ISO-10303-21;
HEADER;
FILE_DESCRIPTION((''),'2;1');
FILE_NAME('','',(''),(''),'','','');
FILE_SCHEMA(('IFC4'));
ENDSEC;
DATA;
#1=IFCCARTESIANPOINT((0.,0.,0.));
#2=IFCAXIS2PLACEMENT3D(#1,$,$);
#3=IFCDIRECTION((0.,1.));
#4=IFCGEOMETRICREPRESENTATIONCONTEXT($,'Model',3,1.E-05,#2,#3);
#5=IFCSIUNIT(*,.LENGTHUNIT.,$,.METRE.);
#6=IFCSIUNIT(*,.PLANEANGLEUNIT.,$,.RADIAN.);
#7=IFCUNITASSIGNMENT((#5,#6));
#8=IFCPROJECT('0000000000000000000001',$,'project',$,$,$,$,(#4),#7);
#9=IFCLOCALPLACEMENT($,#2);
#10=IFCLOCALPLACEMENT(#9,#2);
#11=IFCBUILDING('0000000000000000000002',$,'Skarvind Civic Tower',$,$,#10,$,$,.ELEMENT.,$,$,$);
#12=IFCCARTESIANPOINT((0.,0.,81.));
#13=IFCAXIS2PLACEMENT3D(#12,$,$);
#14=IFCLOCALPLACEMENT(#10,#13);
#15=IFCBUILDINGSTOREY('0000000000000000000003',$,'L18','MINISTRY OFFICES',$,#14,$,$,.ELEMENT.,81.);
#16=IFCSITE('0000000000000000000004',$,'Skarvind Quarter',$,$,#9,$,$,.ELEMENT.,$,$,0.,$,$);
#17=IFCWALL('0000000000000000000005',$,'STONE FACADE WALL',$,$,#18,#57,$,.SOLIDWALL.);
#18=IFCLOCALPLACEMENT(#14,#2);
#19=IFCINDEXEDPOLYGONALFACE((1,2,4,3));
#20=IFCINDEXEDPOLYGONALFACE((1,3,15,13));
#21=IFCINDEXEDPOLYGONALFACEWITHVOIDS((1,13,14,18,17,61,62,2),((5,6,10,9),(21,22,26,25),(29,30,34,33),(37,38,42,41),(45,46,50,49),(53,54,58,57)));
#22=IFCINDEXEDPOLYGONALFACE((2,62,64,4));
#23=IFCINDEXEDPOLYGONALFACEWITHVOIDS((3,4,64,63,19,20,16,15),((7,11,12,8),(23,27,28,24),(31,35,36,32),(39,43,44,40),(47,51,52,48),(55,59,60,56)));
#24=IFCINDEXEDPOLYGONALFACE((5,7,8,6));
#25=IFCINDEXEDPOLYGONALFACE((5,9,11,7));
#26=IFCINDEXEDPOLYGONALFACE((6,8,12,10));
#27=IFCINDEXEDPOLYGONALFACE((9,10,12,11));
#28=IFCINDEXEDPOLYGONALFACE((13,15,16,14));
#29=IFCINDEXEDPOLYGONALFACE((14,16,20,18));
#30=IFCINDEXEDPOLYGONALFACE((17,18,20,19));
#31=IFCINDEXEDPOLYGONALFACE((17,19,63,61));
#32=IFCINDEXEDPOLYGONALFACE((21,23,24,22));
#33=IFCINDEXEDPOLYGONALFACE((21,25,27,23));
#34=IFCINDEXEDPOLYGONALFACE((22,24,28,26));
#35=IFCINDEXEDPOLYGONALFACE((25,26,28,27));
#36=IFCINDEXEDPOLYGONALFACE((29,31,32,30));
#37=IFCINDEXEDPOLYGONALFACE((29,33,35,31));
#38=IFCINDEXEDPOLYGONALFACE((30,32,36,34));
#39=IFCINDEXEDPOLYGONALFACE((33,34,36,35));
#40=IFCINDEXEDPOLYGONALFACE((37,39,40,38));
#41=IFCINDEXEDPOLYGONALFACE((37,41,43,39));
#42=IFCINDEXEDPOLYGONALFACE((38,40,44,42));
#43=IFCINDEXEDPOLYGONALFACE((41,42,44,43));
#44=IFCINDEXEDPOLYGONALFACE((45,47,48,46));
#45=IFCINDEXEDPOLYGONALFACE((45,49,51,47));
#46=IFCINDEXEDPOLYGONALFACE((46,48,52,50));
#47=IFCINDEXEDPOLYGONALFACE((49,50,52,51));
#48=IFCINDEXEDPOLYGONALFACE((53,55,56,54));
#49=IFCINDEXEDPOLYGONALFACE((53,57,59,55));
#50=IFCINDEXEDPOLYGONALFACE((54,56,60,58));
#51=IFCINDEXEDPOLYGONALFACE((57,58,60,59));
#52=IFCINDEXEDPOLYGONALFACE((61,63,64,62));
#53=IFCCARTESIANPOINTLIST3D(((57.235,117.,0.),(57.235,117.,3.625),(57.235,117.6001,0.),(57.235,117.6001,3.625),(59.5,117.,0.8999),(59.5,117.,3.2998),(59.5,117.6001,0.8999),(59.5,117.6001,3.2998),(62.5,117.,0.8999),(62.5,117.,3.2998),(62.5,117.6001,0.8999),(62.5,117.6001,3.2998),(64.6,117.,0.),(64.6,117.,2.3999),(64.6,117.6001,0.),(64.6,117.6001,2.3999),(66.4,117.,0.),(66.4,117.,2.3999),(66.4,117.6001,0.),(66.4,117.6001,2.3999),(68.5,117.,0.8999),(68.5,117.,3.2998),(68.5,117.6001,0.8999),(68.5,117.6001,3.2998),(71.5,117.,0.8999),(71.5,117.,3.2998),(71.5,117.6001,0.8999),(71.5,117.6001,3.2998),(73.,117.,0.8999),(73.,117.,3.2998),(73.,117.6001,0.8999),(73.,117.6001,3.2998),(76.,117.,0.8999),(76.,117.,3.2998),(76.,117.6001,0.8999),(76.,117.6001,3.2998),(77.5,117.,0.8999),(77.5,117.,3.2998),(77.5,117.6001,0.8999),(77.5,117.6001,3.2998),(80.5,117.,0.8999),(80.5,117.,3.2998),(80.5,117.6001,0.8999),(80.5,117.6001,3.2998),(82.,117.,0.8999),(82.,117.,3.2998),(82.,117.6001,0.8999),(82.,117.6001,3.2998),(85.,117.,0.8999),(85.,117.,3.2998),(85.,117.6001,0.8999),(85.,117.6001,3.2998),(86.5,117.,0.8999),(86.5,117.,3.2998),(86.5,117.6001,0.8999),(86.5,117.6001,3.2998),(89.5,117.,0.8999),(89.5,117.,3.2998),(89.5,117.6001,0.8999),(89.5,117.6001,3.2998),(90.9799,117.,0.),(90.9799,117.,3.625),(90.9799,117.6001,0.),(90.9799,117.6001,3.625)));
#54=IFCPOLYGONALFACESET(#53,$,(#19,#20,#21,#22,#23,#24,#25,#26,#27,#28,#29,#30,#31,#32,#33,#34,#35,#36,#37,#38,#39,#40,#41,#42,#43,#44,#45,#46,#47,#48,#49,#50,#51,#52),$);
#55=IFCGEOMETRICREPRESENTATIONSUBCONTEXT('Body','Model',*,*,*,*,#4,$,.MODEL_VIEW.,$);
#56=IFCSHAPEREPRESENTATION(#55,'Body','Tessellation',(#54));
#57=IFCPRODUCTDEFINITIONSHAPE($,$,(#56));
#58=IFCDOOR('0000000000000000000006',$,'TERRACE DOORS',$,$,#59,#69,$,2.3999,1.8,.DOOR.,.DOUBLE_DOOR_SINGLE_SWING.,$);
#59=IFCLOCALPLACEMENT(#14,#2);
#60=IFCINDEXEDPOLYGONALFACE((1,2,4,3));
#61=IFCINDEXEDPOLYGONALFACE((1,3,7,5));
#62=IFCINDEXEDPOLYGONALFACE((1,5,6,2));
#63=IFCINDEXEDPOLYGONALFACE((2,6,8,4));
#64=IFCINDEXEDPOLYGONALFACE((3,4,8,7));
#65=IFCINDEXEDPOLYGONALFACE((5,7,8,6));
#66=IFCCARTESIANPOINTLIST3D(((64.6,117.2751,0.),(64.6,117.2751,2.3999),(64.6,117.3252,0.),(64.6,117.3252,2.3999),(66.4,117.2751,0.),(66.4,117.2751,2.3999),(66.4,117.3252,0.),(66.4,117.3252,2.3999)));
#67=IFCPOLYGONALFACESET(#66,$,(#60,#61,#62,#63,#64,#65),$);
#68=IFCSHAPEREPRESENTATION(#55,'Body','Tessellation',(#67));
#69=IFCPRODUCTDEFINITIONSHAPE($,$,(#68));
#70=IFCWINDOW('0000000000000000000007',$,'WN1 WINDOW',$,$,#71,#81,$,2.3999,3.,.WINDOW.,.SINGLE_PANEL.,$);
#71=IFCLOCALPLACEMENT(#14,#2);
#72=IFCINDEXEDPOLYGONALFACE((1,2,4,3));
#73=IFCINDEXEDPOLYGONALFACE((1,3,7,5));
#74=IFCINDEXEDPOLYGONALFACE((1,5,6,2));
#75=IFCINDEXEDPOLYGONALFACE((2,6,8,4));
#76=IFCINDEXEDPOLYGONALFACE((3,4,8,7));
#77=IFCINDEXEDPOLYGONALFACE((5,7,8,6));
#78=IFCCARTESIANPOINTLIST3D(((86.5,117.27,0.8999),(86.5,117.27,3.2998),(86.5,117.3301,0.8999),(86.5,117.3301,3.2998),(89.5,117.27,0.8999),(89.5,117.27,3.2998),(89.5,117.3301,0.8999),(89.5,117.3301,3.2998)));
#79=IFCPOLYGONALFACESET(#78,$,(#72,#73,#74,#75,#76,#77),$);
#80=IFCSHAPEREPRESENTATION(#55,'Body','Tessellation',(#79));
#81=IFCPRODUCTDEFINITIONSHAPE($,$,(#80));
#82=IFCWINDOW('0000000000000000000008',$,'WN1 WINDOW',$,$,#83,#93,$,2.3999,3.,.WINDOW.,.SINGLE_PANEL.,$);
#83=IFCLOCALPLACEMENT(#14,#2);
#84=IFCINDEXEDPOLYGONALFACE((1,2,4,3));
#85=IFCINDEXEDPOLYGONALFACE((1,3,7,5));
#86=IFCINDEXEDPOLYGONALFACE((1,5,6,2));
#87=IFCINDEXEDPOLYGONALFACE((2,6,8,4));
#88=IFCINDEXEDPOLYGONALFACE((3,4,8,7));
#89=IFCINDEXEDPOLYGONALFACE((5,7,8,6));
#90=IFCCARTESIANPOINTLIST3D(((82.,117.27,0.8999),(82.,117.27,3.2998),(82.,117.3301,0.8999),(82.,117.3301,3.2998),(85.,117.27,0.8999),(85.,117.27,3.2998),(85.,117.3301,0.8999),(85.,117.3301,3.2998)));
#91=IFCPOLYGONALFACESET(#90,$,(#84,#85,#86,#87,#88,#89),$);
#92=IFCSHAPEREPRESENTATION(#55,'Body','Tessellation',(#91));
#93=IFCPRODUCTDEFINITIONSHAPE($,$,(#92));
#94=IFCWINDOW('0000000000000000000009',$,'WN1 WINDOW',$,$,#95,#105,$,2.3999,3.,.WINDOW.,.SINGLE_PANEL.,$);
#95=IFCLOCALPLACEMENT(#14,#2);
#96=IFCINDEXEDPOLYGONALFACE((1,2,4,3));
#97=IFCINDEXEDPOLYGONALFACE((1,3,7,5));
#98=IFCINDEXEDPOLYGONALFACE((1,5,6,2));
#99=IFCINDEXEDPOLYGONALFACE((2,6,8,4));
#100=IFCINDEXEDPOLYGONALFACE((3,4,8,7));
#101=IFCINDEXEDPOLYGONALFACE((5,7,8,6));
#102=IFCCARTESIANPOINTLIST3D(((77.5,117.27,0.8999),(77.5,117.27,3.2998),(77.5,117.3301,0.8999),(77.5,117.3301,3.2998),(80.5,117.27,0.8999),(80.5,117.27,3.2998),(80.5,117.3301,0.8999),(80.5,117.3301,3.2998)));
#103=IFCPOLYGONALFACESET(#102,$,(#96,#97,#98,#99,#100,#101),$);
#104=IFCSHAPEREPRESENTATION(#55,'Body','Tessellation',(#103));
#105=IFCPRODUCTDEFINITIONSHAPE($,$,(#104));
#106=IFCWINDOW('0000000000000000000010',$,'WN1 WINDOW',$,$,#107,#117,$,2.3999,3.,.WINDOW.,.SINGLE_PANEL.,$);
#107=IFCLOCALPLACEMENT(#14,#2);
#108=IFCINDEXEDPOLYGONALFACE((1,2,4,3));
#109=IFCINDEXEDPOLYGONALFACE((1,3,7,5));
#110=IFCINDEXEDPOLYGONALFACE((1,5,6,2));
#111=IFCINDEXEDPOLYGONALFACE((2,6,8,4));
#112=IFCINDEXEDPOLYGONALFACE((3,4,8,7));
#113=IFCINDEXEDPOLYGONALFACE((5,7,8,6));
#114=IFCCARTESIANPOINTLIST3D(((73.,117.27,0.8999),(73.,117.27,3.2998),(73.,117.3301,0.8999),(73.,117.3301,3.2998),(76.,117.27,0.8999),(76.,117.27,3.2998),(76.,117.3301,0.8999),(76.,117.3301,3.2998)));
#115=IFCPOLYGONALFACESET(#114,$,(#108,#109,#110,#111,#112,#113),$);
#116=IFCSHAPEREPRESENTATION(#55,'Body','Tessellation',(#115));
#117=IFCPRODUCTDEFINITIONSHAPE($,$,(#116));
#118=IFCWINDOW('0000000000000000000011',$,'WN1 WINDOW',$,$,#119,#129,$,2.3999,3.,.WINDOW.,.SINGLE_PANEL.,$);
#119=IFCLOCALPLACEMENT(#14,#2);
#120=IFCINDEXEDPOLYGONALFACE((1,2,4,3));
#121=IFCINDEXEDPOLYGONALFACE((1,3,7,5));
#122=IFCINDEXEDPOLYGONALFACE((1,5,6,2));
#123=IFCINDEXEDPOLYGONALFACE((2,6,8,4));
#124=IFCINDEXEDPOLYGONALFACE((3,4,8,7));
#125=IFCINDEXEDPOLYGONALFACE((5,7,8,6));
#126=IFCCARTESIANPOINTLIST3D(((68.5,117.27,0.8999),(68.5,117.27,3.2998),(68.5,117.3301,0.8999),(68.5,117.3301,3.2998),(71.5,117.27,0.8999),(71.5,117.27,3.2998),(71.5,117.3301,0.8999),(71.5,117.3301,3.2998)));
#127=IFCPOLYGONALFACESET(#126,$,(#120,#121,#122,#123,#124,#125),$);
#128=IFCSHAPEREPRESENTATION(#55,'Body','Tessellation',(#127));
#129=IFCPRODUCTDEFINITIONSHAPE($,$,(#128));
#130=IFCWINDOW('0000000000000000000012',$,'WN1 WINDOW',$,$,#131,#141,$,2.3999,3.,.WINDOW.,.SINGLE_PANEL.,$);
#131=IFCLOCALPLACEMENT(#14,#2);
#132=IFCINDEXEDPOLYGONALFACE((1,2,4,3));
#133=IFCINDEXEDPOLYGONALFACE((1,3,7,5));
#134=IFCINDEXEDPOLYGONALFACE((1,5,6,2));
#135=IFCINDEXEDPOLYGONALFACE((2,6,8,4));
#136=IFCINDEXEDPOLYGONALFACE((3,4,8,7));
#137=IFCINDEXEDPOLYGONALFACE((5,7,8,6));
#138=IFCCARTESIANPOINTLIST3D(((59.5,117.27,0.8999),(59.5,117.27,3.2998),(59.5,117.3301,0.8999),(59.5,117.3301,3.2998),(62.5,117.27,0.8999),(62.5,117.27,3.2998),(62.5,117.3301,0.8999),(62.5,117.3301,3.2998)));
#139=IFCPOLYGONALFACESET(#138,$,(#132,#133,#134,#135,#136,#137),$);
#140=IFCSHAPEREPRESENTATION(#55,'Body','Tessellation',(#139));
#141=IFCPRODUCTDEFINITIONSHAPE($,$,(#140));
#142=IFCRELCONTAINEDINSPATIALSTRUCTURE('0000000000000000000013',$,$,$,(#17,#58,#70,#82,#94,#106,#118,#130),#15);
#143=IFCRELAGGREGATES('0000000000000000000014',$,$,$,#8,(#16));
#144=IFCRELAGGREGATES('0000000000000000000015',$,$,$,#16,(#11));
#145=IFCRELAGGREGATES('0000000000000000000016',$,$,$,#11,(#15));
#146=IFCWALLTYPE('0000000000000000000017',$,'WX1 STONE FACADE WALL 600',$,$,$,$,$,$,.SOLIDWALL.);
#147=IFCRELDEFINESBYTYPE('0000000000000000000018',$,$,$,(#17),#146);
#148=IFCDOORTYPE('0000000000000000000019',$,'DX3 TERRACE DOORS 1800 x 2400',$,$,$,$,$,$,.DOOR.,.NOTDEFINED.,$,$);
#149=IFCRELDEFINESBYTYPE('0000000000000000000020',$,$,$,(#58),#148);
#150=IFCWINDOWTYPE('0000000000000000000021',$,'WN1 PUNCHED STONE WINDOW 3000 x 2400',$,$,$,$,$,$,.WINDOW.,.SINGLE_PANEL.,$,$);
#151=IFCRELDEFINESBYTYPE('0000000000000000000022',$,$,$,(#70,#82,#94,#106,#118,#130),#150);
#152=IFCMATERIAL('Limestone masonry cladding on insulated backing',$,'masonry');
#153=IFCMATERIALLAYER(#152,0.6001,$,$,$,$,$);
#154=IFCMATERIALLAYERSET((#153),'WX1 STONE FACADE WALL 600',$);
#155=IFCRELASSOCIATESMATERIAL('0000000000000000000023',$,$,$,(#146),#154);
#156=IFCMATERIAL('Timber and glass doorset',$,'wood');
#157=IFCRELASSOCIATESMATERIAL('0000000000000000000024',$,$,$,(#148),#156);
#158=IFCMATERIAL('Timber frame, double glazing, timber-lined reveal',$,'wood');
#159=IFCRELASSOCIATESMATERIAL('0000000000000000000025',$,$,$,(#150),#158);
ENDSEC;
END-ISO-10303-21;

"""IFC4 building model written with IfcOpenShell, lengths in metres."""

from ifc_helpers import new_model, si_unit, direction, frame, frame_2d, origin, place, context, subcontext, project, spatial, rectangle, extrude, material, layer, layer_set, type_object, element, fill, save


model = new_model("IFC4")

# Units and contexts
model_context = context("Model", 3, precision=1e-05, world=origin(), true_north=direction((0.0, 1.0)))
body_context = subcontext(model_context, "Body", "Model", "MODEL_VIEW")
ifc_project = project(units=[si_unit("LENGTHUNIT", "METRE"), si_unit("PLANEANGLEUNIT", "RADIAN")], contexts=[model_context])

# Site, building, storey
site_placement = place(None, origin())
site = spatial("IfcSite", under=ifc_project, at=site_placement, Name="Skarvind Quarter", CompositionType="ELEMENT", RefElevation=0.0)
building_placement = place(site_placement, origin())
building = spatial("IfcBuilding", under=site, at=building_placement, Name="Skarvind Civic Tower", CompositionType="ELEMENT")
storey_placement = place(building_placement, frame((0.0, 0.0, 81.0)))
storey = spatial("IfcBuildingStorey", under=building, at=storey_placement, Name="L18", Description="MINISTRY OFFICES", CompositionType="ELEMENT", Elevation=81.0)

# Wall, openings, door, windows
ifc_material_1 = material(Name="Limestone masonry cladding on insulated backing", Category="masonry")
ifc_layer_1 = layer(ifc_material_1, 0.6001)
ifc_layer_set_1 = layer_set([ifc_layer_1], Name="WX1 STONE FACADE WALL 600")
wall_type_1 = type_object("IfcWallType", Name="WX1 STONE FACADE WALL 600", PredefinedType="SOLIDWALL", material=ifc_layer_set_1)
wall_1_placement = place(storey_placement, frame((90.98, 117.3, 0.0), z_axis=(0.0, 0.0, 1.0), x_axis=(-1.0, 0.0, 0.0)))
wall_1 = element("IfcWall", 1, at=wall_1_placement, inside=storey, type_object=wall_type_1, Name="STONE FACADE WALL", PredefinedType="SOLIDWALL", context=body_context, shape_type="SweptSolid", body=[
    extrude(rectangle(XDim=33.7449, YDim=0.6001, at=frame_2d((16.8726, 0.0))), origin(), (0.0, 0.0, 1.0), 3.625),
])
opening_1_placement = place(wall_1_placement, frame((1.48, 0.0, 0.8999)))
opening_1 = element("IfcOpeningElement", 2, at=opening_1_placement, cuts=wall_1, PredefinedType="OPENING", context=body_context, shape_type="SweptSolid", body=[
    extrude(rectangle(XDim=3.0, YDim=2.3999, at=frame_2d((1.5, 1.2))), frame((0.0, 0.3101, 0.0), z_axis=(0.0, -1.0, 0.0), x_axis=(1.0, 0.0, 0.0)), (0.0, 0.0, 1.0), 0.6201),
])
opening_2_placement = place(wall_1_placement, frame((5.98, 0.0, 0.8999)))
opening_2 = element("IfcOpeningElement", 3, at=opening_2_placement, cuts=wall_1, PredefinedType="OPENING", context=body_context, shape_type="SweptSolid", body=[
    extrude(rectangle(XDim=3.0, YDim=2.3999, at=frame_2d((1.5, 1.2))), frame((0.0, 0.3101, 0.0), z_axis=(0.0, -1.0, 0.0), x_axis=(1.0, 0.0, 0.0)), (0.0, 0.0, 1.0), 0.6201),
])
opening_3_placement = place(wall_1_placement, frame((10.48, 0.0, 0.8999)))
opening_3 = element("IfcOpeningElement", 4, at=opening_3_placement, cuts=wall_1, PredefinedType="OPENING", context=body_context, shape_type="SweptSolid", body=[
    extrude(rectangle(XDim=3.0, YDim=2.3999, at=frame_2d((1.5, 1.2))), frame((0.0, 0.3101, 0.0), z_axis=(0.0, -1.0, 0.0), x_axis=(1.0, 0.0, 0.0)), (0.0, 0.0, 1.0), 0.6201),
])
opening_4_placement = place(wall_1_placement, frame((14.98, 0.0, 0.8999)))
opening_4 = element("IfcOpeningElement", 5, at=opening_4_placement, cuts=wall_1, PredefinedType="OPENING", context=body_context, shape_type="SweptSolid", body=[
    extrude(rectangle(XDim=3.0, YDim=2.3999, at=frame_2d((1.5, 1.2))), frame((0.0, 0.3101, 0.0), z_axis=(0.0, -1.0, 0.0), x_axis=(1.0, 0.0, 0.0)), (0.0, 0.0, 1.0), 0.6201),
])
opening_5_placement = place(wall_1_placement, frame((19.48, 0.0, 0.8999)))
opening_5 = element("IfcOpeningElement", 6, at=opening_5_placement, cuts=wall_1, PredefinedType="OPENING", context=body_context, shape_type="SweptSolid", body=[
    extrude(rectangle(XDim=3.0, YDim=2.3999, at=frame_2d((1.5, 1.2))), frame((0.0, 0.3101, 0.0), z_axis=(0.0, -1.0, 0.0), x_axis=(1.0, 0.0, 0.0)), (0.0, 0.0, 1.0), 0.6201),
])
opening_6_placement = place(wall_1_placement, frame((24.5801, 0.0, 0.0)))
opening_6 = element("IfcOpeningElement", 7, at=opening_6_placement, cuts=wall_1, PredefinedType="OPENING", context=body_context, shape_type="SweptSolid", body=[
    extrude(rectangle(XDim=1.8, YDim=2.3999, at=frame_2d((0.8999, 1.2))), frame((0.0, 0.3101, 0.0), z_axis=(0.0, -1.0, 0.0), x_axis=(1.0, 0.0, 0.0)), (0.0, 0.0, 1.0), 0.6201),
])
opening_7_placement = place(wall_1_placement, frame((28.48, 0.0, 0.8999)))
opening_7 = element("IfcOpeningElement", 8, at=opening_7_placement, cuts=wall_1, PredefinedType="OPENING", context=body_context, shape_type="SweptSolid", body=[
    extrude(rectangle(XDim=3.0, YDim=2.3999, at=frame_2d((1.5, 1.2))), frame((0.0, 0.3101, 0.0), z_axis=(0.0, -1.0, 0.0), x_axis=(1.0, 0.0, 0.0)), (0.0, 0.0, 1.0), 0.6201),
])
ifc_material_2 = material(Name="Timber and glass doorset", Category="wood")
door_type_1 = type_object("IfcDoorType", Name="DX3 TERRACE DOORS 1800 x 2400", OperationType="NOTDEFINED", PredefinedType="DOOR", material=ifc_material_2)
door_1_placement = place(opening_6_placement, origin())
door_1 = element("IfcDoor", 9, at=door_1_placement, inside=storey, type_object=door_type_1, Name="TERRACE DOORS", OperationType="DOUBLE_DOOR_SINGLE_SWING", OverallHeight=2.3999, OverallWidth=1.8, PredefinedType="DOOR", context=body_context, shape_type="SweptSolid", body=[
    extrude(rectangle(XDim=1.8, YDim=2.3999, at=frame_2d((0.8999, 1.2))), frame((0.0, 0.0249, 0.0), z_axis=(0.0, -1.0, 0.0), x_axis=(1.0, 0.0, 0.0)), (0.0, 0.0, 1.0), 0.05),
])
fill(opening_6, door_1)
ifc_material_3 = material(Name="Timber frame, double glazing, timber-lined reveal", Category="wood")
window_type = type_object("IfcWindowType", Name="WN1 PUNCHED STONE WINDOW 3000 x 2400", PartitioningType="SINGLE_PANEL", PredefinedType="WINDOW", material=ifc_material_3)
window_1_placement = place(opening_1_placement, origin())
window_1 = element("IfcWindow", 10, at=window_1_placement, inside=storey, type_object=window_type, Name="WN1 WINDOW", OverallHeight=2.3999, OverallWidth=3.0, PartitioningType="SINGLE_PANEL", PredefinedType="WINDOW", context=body_context, shape_type="SweptSolid", body=[
    extrude(rectangle(XDim=3.0, YDim=2.3999, at=frame_2d((1.5, 1.2))), frame((0.0, 0.03, 0.0), z_axis=(0.0, -1.0, 0.0), x_axis=(1.0, 0.0, 0.0)), (0.0, 0.0, 1.0), 0.0601),
])
fill(opening_1, window_1)
window_2_placement = place(opening_2_placement, origin())
window_2 = element("IfcWindow", 11, at=window_2_placement, inside=storey, type_object=window_type, Name="WN1 WINDOW", OverallHeight=2.3999, OverallWidth=3.0, PartitioningType="SINGLE_PANEL", PredefinedType="WINDOW", context=body_context, shape_type="SweptSolid", body=[
    extrude(rectangle(XDim=3.0, YDim=2.3999, at=frame_2d((1.5, 1.2))), frame((0.0, 0.03, 0.0), z_axis=(0.0, -1.0, 0.0), x_axis=(1.0, 0.0, 0.0)), (0.0, 0.0, 1.0), 0.0601),
])
fill(opening_2, window_2)
window_3_placement = place(opening_3_placement, origin())
window_3 = element("IfcWindow", 12, at=window_3_placement, inside=storey, type_object=window_type, Name="WN1 WINDOW", OverallHeight=2.3999, OverallWidth=3.0, PartitioningType="SINGLE_PANEL", PredefinedType="WINDOW", context=body_context, shape_type="SweptSolid", body=[
    extrude(rectangle(XDim=3.0, YDim=2.3999, at=frame_2d((1.5, 1.2))), frame((0.0, 0.03, 0.0), z_axis=(0.0, -1.0, 0.0), x_axis=(1.0, 0.0, 0.0)), (0.0, 0.0, 1.0), 0.0601),
])
fill(opening_3, window_3)
window_4_placement = place(opening_4_placement, origin())
window_4 = element("IfcWindow", 13, at=window_4_placement, inside=storey, type_object=window_type, Name="WN1 WINDOW", OverallHeight=2.3999, OverallWidth=3.0, PartitioningType="SINGLE_PANEL", PredefinedType="WINDOW", context=body_context, shape_type="SweptSolid", body=[
    extrude(rectangle(XDim=3.0, YDim=2.3999, at=frame_2d((1.5, 1.2))), frame((0.0, 0.03, 0.0), z_axis=(0.0, -1.0, 0.0), x_axis=(1.0, 0.0, 0.0)), (0.0, 0.0, 1.0), 0.0601),
])
fill(opening_4, window_4)
window_5_placement = place(opening_5_placement, origin())
window_5 = element("IfcWindow", 14, at=window_5_placement, inside=storey, type_object=window_type, Name="WN1 WINDOW", OverallHeight=2.3999, OverallWidth=3.0, PartitioningType="SINGLE_PANEL", PredefinedType="WINDOW", context=body_context, shape_type="SweptSolid", body=[
    extrude(rectangle(XDim=3.0, YDim=2.3999, at=frame_2d((1.5, 1.2))), frame((0.0, 0.03, 0.0), z_axis=(0.0, -1.0, 0.0), x_axis=(1.0, 0.0, 0.0)), (0.0, 0.0, 1.0), 0.0601),
])
fill(opening_5, window_5)
window_6_placement = place(opening_7_placement, origin())
window_6 = element("IfcWindow", 15, at=window_6_placement, inside=storey, type_object=window_type, Name="WN1 WINDOW", OverallHeight=2.3999, OverallWidth=3.0, PartitioningType="SINGLE_PANEL", PredefinedType="WINDOW", context=body_context, shape_type="SweptSolid", body=[
    extrude(rectangle(XDim=3.0, YDim=2.3999, at=frame_2d((1.5, 1.2))), frame((0.0, 0.03, 0.0), z_axis=(0.0, -1.0, 0.0), x_axis=(1.0, 0.0, 0.0)), (0.0, 0.0, 1.0), 0.0601),
])
fill(opening_7, window_6)

save(model, "model.ifc")
